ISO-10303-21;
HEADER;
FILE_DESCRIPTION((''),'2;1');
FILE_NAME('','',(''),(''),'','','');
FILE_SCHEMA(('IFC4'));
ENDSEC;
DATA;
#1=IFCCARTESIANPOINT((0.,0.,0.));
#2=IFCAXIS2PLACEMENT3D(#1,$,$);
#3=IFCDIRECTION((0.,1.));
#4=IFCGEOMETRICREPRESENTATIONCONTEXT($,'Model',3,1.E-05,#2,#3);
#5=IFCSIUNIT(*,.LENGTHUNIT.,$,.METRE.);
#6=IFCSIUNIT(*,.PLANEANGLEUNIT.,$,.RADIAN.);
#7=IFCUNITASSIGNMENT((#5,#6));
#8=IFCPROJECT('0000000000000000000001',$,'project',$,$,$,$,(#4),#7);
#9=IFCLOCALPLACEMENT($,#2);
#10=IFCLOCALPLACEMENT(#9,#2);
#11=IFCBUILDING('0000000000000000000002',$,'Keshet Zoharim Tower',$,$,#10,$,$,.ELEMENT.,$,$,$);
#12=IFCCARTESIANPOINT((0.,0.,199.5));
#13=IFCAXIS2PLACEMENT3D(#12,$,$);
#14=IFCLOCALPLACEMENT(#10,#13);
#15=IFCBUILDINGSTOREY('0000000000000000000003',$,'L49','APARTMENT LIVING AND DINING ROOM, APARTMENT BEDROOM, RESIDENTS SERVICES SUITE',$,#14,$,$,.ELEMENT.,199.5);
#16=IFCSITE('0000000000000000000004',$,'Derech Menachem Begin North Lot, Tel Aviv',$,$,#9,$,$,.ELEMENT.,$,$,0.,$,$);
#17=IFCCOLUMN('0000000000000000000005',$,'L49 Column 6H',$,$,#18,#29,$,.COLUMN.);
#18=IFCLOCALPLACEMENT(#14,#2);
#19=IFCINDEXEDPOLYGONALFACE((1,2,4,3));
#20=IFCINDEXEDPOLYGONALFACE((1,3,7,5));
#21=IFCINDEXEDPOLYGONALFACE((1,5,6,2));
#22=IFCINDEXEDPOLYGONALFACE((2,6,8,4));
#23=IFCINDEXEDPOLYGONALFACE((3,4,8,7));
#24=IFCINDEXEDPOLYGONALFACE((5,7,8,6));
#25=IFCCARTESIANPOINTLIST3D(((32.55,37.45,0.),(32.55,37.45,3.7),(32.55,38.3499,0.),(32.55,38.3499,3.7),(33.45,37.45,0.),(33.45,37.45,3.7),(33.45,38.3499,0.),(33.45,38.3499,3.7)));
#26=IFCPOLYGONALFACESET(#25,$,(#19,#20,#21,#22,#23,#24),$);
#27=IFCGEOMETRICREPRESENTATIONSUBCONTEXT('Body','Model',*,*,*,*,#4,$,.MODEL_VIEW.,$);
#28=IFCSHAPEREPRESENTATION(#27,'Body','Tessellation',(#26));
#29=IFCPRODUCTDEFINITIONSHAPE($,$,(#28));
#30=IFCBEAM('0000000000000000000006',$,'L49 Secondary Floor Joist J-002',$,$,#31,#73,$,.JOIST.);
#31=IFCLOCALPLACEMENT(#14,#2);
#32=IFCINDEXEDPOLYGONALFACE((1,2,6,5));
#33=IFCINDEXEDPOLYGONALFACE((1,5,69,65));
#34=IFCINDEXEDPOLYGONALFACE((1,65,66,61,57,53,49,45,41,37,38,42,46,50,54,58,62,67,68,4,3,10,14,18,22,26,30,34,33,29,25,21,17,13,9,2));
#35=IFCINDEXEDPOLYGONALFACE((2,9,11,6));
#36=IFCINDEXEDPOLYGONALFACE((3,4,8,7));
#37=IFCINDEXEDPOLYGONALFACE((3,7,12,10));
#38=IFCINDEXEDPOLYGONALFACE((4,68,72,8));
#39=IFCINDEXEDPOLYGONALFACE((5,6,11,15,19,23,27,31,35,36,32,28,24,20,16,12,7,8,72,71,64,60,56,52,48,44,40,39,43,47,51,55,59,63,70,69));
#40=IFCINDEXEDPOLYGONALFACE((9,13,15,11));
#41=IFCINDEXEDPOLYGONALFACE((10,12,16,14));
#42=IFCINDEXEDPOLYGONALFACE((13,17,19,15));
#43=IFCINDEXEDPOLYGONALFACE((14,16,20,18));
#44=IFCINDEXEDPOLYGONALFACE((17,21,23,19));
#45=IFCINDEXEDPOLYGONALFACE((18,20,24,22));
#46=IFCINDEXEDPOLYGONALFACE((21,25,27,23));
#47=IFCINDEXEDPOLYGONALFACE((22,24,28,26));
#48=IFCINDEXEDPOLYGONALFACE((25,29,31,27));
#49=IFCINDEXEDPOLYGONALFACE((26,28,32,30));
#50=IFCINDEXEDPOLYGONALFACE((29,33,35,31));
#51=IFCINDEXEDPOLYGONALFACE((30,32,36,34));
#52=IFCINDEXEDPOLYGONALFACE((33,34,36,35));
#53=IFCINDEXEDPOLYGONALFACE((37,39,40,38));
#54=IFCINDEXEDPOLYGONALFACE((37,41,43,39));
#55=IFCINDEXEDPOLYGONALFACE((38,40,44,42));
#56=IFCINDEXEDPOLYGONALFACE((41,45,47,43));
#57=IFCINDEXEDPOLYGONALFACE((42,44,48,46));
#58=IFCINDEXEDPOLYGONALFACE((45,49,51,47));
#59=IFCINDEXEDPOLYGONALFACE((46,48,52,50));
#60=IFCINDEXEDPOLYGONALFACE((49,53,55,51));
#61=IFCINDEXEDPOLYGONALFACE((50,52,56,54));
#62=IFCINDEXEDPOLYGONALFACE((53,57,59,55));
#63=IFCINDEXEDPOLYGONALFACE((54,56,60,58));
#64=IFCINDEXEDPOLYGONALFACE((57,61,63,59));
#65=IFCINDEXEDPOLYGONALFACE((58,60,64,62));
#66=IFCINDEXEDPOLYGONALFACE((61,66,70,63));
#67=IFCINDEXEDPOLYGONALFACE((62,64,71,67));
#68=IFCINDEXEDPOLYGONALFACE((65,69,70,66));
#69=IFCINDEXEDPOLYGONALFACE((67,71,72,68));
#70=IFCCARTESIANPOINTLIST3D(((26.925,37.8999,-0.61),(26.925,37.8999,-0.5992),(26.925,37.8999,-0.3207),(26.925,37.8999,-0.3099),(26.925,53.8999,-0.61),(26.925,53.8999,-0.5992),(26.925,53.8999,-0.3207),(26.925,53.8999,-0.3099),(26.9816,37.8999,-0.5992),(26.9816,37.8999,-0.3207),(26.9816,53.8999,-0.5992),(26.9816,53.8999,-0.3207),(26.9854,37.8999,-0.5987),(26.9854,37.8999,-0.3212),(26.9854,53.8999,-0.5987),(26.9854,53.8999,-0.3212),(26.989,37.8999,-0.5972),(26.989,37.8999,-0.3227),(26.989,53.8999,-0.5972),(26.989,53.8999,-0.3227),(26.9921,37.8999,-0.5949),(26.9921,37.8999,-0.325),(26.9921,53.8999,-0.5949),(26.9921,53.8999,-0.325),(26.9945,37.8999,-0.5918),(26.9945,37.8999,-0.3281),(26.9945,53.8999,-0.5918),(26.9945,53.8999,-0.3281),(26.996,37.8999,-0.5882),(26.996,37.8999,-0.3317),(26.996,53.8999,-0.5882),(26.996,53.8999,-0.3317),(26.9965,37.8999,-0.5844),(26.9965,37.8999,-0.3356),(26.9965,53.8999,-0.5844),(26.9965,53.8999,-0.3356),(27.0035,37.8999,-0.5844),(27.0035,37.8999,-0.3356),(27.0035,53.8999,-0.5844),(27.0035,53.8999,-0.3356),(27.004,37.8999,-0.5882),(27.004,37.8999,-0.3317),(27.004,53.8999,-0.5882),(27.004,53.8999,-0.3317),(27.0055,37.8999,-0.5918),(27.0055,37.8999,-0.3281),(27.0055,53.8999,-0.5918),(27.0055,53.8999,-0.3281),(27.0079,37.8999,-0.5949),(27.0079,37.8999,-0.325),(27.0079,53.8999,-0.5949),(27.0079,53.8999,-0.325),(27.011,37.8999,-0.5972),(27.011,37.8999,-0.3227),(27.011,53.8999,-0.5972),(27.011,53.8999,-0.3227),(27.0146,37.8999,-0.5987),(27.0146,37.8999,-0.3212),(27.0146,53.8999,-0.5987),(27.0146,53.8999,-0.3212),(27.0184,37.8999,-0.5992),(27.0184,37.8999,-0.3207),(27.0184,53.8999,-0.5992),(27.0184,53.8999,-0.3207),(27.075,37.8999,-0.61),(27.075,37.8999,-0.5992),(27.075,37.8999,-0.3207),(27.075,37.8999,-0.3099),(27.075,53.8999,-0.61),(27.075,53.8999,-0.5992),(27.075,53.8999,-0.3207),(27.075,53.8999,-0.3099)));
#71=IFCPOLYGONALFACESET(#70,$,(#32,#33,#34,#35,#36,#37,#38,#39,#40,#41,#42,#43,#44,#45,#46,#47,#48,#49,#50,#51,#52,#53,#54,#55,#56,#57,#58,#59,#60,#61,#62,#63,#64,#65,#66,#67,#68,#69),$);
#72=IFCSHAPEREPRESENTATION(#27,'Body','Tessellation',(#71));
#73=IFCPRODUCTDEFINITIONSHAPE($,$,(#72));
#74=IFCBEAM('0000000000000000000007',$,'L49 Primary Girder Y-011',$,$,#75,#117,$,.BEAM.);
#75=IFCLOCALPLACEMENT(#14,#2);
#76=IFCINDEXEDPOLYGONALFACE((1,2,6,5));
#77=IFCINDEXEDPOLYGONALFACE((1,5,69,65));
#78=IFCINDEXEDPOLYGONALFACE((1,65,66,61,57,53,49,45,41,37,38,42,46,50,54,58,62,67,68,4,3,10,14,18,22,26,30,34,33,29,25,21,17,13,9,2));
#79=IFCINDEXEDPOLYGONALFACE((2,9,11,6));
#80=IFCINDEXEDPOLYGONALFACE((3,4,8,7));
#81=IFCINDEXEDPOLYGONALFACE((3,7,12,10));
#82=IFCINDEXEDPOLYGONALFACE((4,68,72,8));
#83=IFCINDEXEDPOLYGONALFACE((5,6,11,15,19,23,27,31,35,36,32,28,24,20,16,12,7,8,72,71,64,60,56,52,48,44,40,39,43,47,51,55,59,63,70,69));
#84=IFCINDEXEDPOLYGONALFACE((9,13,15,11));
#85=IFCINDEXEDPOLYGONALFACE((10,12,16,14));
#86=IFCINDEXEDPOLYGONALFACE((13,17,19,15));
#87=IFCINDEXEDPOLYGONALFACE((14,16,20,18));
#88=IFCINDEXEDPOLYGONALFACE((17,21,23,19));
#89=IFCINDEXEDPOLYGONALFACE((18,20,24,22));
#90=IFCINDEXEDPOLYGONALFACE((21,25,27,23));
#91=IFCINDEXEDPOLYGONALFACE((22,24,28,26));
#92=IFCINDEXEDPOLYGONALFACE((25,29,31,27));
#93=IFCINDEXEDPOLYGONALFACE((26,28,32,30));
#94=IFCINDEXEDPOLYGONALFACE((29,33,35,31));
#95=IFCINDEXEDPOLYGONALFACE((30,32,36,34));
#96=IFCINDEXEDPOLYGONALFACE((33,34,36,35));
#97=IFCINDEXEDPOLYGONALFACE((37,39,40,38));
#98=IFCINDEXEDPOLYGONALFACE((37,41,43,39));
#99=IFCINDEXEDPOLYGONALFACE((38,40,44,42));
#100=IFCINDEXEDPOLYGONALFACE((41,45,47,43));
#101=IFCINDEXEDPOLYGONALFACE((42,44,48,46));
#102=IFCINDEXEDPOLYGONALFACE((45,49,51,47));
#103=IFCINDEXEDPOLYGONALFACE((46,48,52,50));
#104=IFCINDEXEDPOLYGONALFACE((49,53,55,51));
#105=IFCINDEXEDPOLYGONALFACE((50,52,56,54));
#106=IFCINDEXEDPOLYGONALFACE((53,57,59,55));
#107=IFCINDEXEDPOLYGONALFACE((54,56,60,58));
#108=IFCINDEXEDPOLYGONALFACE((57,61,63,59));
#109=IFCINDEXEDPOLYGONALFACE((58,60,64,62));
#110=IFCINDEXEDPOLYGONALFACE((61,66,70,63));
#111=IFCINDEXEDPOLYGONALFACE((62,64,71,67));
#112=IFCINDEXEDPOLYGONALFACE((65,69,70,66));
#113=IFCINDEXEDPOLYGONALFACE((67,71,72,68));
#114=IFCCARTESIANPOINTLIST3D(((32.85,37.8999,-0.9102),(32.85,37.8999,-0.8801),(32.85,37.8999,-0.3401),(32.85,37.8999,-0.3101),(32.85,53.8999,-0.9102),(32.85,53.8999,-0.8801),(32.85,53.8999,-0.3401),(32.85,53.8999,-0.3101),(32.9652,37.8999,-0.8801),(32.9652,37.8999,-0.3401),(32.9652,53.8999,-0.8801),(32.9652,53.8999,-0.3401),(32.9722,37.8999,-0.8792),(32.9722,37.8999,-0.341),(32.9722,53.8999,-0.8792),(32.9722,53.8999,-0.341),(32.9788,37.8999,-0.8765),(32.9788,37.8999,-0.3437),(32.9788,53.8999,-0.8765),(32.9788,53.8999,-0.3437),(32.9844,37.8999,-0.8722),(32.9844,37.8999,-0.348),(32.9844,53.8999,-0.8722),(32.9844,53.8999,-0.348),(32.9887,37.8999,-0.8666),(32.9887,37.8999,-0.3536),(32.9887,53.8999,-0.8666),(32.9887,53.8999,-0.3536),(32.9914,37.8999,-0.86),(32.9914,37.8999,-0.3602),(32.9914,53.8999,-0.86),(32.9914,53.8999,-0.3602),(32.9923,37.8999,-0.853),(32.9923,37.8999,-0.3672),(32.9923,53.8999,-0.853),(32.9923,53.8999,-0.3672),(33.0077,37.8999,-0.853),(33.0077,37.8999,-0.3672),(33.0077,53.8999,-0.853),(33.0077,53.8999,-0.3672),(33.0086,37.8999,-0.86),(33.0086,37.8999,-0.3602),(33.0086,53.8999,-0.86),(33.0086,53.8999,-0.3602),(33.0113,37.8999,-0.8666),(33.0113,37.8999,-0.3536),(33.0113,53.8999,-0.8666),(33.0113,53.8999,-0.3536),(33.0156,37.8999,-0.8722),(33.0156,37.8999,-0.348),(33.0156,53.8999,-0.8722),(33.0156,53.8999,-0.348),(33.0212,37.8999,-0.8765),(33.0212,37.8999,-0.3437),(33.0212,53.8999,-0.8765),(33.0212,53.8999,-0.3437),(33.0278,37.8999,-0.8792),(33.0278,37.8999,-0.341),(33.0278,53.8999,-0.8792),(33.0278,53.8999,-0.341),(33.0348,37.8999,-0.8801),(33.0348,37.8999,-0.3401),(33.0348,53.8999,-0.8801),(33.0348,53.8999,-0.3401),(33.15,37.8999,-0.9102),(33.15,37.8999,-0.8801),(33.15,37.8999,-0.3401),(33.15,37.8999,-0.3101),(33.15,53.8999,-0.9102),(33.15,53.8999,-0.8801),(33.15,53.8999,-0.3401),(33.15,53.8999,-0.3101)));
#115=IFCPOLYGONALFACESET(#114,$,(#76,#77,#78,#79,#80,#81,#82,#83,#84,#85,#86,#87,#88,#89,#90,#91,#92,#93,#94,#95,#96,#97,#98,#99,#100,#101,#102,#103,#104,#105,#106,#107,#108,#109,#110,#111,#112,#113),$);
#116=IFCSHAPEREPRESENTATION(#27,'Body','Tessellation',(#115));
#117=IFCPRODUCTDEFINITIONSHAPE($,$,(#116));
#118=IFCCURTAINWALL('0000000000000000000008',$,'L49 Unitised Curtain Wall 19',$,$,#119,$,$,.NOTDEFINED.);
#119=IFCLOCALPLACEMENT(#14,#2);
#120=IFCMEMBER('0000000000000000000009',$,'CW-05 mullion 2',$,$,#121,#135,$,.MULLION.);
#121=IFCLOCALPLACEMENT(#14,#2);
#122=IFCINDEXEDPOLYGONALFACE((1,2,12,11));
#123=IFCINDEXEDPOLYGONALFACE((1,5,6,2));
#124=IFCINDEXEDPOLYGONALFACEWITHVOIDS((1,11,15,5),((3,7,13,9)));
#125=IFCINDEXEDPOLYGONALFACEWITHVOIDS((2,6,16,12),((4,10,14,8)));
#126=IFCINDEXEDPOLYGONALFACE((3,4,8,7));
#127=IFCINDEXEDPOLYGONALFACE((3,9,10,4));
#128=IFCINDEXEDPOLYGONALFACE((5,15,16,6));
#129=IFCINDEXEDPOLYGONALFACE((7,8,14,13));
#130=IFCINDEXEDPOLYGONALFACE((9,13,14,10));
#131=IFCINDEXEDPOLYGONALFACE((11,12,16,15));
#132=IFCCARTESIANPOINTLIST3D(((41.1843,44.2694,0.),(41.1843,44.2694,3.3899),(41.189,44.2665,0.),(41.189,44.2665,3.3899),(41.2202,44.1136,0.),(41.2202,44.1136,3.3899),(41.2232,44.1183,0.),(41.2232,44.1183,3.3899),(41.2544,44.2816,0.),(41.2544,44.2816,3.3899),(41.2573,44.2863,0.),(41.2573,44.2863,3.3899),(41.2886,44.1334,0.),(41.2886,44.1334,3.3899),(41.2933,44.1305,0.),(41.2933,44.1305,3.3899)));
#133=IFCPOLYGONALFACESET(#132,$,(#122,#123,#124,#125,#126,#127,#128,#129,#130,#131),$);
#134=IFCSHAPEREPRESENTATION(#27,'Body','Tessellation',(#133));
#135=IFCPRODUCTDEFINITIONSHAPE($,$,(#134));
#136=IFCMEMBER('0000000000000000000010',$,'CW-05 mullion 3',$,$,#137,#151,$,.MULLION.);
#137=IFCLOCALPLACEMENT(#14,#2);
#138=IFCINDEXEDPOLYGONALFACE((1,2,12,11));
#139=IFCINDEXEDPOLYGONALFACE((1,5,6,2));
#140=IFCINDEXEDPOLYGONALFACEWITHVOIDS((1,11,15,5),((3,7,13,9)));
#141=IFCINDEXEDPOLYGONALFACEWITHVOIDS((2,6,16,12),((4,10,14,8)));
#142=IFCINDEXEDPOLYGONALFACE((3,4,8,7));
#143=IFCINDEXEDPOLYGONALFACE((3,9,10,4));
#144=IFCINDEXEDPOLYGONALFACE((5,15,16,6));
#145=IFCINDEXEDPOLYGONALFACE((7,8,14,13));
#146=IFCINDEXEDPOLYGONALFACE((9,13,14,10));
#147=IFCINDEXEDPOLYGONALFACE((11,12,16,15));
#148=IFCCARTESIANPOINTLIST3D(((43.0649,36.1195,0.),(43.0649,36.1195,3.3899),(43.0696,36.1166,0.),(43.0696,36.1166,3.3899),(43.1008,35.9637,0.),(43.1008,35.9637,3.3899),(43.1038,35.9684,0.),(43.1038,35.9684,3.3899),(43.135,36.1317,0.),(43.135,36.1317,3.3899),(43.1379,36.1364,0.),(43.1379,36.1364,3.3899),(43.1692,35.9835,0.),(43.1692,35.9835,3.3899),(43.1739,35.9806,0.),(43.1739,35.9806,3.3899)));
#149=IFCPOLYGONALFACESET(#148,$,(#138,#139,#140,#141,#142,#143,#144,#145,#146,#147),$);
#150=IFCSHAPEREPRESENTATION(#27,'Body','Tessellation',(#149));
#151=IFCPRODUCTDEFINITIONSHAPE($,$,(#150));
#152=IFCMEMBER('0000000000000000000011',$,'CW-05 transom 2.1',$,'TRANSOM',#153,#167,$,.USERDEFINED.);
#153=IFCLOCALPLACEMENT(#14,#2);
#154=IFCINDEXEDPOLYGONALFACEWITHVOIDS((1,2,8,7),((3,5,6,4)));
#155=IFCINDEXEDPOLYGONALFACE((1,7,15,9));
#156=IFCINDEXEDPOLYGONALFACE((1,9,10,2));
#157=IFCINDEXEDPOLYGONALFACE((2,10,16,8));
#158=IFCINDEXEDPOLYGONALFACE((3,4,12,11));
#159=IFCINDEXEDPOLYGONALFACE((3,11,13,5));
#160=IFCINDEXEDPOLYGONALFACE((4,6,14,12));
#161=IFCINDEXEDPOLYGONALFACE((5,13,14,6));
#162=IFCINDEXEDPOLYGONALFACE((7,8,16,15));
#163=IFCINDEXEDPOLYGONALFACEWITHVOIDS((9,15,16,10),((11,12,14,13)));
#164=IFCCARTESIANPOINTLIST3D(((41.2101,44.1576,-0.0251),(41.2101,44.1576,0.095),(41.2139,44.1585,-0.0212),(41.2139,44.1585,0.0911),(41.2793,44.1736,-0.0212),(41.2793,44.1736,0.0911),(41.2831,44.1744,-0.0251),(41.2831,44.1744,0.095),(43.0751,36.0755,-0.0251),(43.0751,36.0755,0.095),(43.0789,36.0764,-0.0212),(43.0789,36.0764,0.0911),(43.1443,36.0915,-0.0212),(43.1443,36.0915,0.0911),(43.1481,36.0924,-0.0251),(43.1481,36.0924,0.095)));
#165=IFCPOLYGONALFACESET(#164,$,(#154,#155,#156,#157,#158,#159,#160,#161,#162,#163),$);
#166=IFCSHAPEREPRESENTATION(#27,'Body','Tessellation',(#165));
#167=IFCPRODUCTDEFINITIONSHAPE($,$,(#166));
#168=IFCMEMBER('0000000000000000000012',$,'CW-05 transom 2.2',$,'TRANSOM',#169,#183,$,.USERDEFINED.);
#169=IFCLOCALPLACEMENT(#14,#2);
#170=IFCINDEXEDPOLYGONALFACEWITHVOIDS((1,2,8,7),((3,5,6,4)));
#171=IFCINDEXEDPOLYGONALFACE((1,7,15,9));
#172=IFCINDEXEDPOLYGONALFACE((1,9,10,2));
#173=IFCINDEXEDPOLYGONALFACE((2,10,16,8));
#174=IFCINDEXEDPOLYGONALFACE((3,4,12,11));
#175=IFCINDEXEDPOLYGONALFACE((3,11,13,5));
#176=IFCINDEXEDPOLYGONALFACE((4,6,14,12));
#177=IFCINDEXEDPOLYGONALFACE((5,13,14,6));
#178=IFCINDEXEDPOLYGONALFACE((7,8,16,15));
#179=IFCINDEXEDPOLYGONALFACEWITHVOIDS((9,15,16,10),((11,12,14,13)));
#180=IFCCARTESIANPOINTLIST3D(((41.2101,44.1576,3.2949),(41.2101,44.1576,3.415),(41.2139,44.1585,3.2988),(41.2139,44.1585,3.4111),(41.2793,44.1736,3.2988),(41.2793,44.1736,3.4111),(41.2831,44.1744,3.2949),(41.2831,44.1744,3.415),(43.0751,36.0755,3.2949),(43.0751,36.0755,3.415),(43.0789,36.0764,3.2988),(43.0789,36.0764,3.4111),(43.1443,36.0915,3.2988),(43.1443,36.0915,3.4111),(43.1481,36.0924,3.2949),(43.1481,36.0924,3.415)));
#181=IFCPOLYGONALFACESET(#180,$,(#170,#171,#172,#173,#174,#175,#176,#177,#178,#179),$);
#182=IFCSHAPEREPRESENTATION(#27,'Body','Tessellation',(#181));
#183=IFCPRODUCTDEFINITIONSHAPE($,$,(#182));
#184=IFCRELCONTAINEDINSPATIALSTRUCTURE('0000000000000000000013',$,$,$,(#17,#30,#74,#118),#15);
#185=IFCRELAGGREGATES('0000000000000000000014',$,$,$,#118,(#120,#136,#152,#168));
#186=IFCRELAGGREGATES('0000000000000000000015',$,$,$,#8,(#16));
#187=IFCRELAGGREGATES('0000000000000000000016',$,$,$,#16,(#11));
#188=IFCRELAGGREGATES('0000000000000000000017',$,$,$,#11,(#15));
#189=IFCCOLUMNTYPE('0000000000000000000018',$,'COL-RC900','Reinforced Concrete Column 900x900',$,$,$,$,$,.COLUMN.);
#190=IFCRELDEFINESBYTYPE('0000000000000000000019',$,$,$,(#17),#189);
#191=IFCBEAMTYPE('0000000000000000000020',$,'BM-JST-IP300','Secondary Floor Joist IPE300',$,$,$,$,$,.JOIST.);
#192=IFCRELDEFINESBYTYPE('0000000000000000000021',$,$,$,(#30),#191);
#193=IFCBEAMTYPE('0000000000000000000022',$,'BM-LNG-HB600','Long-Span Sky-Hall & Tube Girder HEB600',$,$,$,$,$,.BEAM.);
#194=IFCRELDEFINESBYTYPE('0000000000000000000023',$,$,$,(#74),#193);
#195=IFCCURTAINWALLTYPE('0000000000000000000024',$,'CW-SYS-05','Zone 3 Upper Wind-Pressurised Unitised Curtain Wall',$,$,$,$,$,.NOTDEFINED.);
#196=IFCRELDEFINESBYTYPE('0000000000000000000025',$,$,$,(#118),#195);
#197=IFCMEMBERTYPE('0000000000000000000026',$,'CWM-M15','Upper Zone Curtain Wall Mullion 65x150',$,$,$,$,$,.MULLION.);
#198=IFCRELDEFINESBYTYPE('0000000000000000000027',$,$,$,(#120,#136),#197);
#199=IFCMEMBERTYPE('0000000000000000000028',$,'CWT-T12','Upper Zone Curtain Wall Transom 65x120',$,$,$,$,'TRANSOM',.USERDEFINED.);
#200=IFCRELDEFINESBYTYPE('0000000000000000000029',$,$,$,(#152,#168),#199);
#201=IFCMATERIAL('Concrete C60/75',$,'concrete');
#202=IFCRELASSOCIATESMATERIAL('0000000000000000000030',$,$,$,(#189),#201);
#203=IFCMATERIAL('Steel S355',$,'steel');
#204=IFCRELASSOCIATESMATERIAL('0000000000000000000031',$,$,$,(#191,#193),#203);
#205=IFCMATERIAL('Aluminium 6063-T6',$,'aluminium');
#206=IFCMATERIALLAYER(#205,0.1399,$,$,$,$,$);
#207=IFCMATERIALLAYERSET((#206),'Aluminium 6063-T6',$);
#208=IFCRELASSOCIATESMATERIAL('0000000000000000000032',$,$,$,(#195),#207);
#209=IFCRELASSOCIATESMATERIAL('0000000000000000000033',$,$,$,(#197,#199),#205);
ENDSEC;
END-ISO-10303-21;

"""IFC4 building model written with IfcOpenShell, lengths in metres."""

from ifc_helpers import new_model, si_unit, direction, frame, origin, origin_2d, place, context, subcontext, project, spatial, rectangle, hollow_rectangle, i_section, extrude, material, layer, layer_set, material_profile, profile_set, type_object, element, aggregate, save


model = new_model("IFC4")

# Units and contexts
model_context = context("Model", 3, precision=1e-05, world=origin(), true_north=direction((0.0, 1.0)))
body_context = subcontext(model_context, "Body", "Model", "MODEL_VIEW")
ifc_project = project(units=[si_unit("LENGTHUNIT", "METRE"), si_unit("PLANEANGLEUNIT", "RADIAN")], contexts=[model_context])

# Site, building, storey
site_placement = place(None, origin())
site = spatial("IfcSite", under=ifc_project, at=site_placement, Name="Derech Menachem Begin North Lot, Tel Aviv", CompositionType="ELEMENT", RefElevation=0.0)
building_placement = place(site_placement, origin())
building = spatial("IfcBuilding", under=site, at=building_placement, Name="Keshet Zoharim Tower", CompositionType="ELEMENT")
storey_placement = place(building_placement, frame((0.0, 0.0, 199.5)))
storey = spatial("IfcBuildingStorey", under=building, at=storey_placement, Name="L49", Description="APARTMENT LIVING AND DINING ROOM, APARTMENT BEDROOM, RESIDENTS SERVICES SUITE", CompositionType="ELEMENT", Elevation=199.5)

# Column
ifc_material_1 = material(Name="Concrete C60/75", Category="concrete")
ifc_material_profile_1 = material_profile(ifc_material_1, rectangle(XDim=0.8999, YDim=0.8999, at=origin_2d()), Name="RC900x900")
ifc_profile_set_1 = profile_set([ifc_material_profile_1], Name="Concrete C60/75")
column_type = type_object("IfcColumnType", Name="COL-RC900", Description="Reinforced Concrete Column 900x900", PredefinedType="COLUMN", material=ifc_profile_set_1)
column_placement = place(storey_placement, frame((33.0, 37.8999, 0.0), z_axis=(0.0, 0.0, 1.0), x_axis=(1.0, 0.0, 0.0)))
element("IfcColumn", 1, at=column_placement, inside=storey, type_object=column_type, Name="L49 Column 6H", PredefinedType="COLUMN", context=body_context, shape_type="SweptSolid", body=[
    extrude(rectangle(XDim=0.8999, YDim=0.8999, at=origin_2d()), origin(), (0.0, 0.0, 1.0), 3.7),
])

# Beams
ifc_material_2 = material(Name="Steel S355", Category="steel")
ifc_material_profile_2 = material_profile(ifc_material_2, i_section(OverallWidth=0.1499, OverallDepth=0.3, WebThickness=0.0071, FlangeThickness=0.0107, FilletRadius=0.0149, at=origin_2d()), Name="IPE300")
ifc_profile_set_2 = profile_set([ifc_material_profile_2], Name="Steel S355")
beam_type_1 = type_object("IfcBeamType", Name="BM-JST-IP300", Description="Secondary Floor Joist IPE300", PredefinedType="JOIST", material=ifc_profile_set_2)
beam_1_placement = place(storey_placement, frame((27.0, 37.8999, -0.46), z_axis=(0.0, 1.0, 0.0), x_axis=(-1.0, 0.0, 0.0)))
element("IfcBeam", 2, at=beam_1_placement, inside=storey, type_object=beam_type_1, Name="L49 Secondary Floor Joist J-002", PredefinedType="JOIST", context=body_context, shape_type="SweptSolid", body=[
    extrude(i_section(OverallWidth=0.1499, OverallDepth=0.3, WebThickness=0.0071, FlangeThickness=0.0107, FilletRadius=0.0149, at=origin_2d()), origin(), (0.0, 0.0, 1.0), 16.0),
])
ifc_material_profile_3 = material_profile(ifc_material_2, i_section(OverallWidth=0.3, OverallDepth=0.6001, WebThickness=0.0154, FlangeThickness=0.03, FilletRadius=0.0271, at=origin_2d()), Name="HEB600")
ifc_profile_set_3 = profile_set([ifc_material_profile_3], Name="Steel S355")
beam_type_2 = type_object("IfcBeamType", Name="BM-LNG-HB600", Description="Long-Span Sky-Hall & Tube Girder HEB600", PredefinedType="BEAM", material=ifc_profile_set_3)
beam_2_placement = place(storey_placement, frame((33.0, 37.8999, -0.6101), z_axis=(0.0, 1.0, 0.0), x_axis=(-1.0, 0.0, 0.0)))
element("IfcBeam", 3, at=beam_2_placement, inside=storey, type_object=beam_type_2, Name="L49 Primary Girder Y-011", PredefinedType="BEAM", context=body_context, shape_type="SweptSolid", body=[
    extrude(i_section(OverallWidth=0.3, OverallDepth=0.6001, WebThickness=0.0154, FlangeThickness=0.03, FilletRadius=0.0271, at=origin_2d()), origin(), (0.0, 0.0, 1.0), 16.0),
])

# Curtain wall, members
ifc_material_3 = material(Name="Aluminium 6063-T6", Category="aluminium")
ifc_layer_1 = layer(ifc_material_3, 0.1399)
ifc_layer_set_1 = layer_set([ifc_layer_1], Name="Aluminium 6063-T6")
curtain_wall_type = type_object("IfcCurtainWallType", Name="CW-SYS-05", Description="Zone 3 Upper Wind-Pressurised Unitised Curtain Wall", PredefinedType="NOTDEFINED", material=ifc_layer_set_1)
curtain_wall_placement = place(storey_placement, origin())
curtain_wall = element("IfcCurtainWall", 4, at=curtain_wall_placement, inside=storey, type_object=curtain_wall_type, Name="L49 Unitised Curtain Wall 19", PredefinedType="NOTDEFINED")
ifc_material_profile_4 = material_profile(ifc_material_3, hollow_rectangle(XDim=0.075, YDim=0.1599, WallThickness=0.0039, at=origin_2d()), Name="MUL-75x160")
ifc_profile_set_4 = profile_set([ifc_material_profile_4], Name="Aluminium 6063-T6")
member_type_1 = type_object("IfcMemberType", Name="CWM-M15", Description="Upper Zone Curtain Wall Mullion 65x150", PredefinedType="MULLION", material=ifc_profile_set_4)
member_1_placement = place(storey_placement, frame((41.2388, 44.2, 0.0), z_axis=(0.0, 0.0, 1.0), x_axis=(0.974394, 0.224848, 0.0)))
member_1 = element("IfcMember", 5, at=member_1_placement, type_object=member_type_1, Name="CW-05 mullion 2", PredefinedType="MULLION", context=body_context, shape_type="SweptSolid", body=[
    extrude(hollow_rectangle(XDim=0.075, YDim=0.1599, WallThickness=0.0039, at=origin_2d()), origin(), (0.0, 0.0, 1.0), 3.3899),
])
member_2_placement = place(storey_placement, frame((43.1194, 36.05, 0.0), z_axis=(0.0, 0.0, 1.0), x_axis=(0.974394, 0.224848, 0.0)))
member_2 = element("IfcMember", 6, at=member_2_placement, type_object=member_type_1, Name="CW-05 mullion 3", PredefinedType="MULLION", context=body_context, shape_type="SweptSolid", body=[
    extrude(hollow_rectangle(XDim=0.075, YDim=0.1599, WallThickness=0.0039, at=origin_2d()), origin(), (0.0, 0.0, 1.0), 3.3899),
])
ifc_material_profile_5 = material_profile(ifc_material_3, hollow_rectangle(XDim=0.075, YDim=0.1201, WallThickness=0.0039, at=origin_2d()), Name="TRN-75x120")
ifc_profile_set_5 = profile_set([ifc_material_profile_5], Name="Aluminium 6063-T6")
member_type_2 = type_object("IfcMemberType", Name="CWT-T12", Description="Upper Zone Curtain Wall Transom 65x120", ElementType="TRANSOM", PredefinedType="USERDEFINED", material=ifc_profile_set_5)
member_3_placement = place(storey_placement, frame((41.2466, 44.166, 0.0349), z_axis=(0.224849, -0.974394, 0.0), x_axis=(0.974394, 0.224849, 0.0)))
member_3 = element("IfcMember", 7, at=member_3_placement, type_object=member_type_2, Name="CW-05 transom 2.1", ObjectType="TRANSOM", PredefinedType="USERDEFINED", context=body_context, shape_type="SweptSolid", body=[
    extrude(hollow_rectangle(XDim=0.075, YDim=0.1201, WallThickness=0.0039, at=origin_2d()), origin(), (0.0, 0.0, 1.0), 8.2944),
])
member_4_placement = place(storey_placement, frame((41.2466, 44.166, 3.355), z_axis=(0.224849, -0.974394, 0.0), x_axis=(0.974394, 0.224849, 0.0)))
member_4 = element("IfcMember", 8, at=member_4_placement, type_object=member_type_2, Name="CW-05 transom 2.2", ObjectType="TRANSOM", PredefinedType="USERDEFINED", context=body_context, shape_type="SweptSolid", body=[
    extrude(hollow_rectangle(XDim=0.075, YDim=0.1201, WallThickness=0.0039, at=origin_2d()), origin(), (0.0, 0.0, 1.0), 8.2944),
])
aggregate(curtain_wall, [member_1, member_2, member_3, member_4])

save(model, "model.ifc")
